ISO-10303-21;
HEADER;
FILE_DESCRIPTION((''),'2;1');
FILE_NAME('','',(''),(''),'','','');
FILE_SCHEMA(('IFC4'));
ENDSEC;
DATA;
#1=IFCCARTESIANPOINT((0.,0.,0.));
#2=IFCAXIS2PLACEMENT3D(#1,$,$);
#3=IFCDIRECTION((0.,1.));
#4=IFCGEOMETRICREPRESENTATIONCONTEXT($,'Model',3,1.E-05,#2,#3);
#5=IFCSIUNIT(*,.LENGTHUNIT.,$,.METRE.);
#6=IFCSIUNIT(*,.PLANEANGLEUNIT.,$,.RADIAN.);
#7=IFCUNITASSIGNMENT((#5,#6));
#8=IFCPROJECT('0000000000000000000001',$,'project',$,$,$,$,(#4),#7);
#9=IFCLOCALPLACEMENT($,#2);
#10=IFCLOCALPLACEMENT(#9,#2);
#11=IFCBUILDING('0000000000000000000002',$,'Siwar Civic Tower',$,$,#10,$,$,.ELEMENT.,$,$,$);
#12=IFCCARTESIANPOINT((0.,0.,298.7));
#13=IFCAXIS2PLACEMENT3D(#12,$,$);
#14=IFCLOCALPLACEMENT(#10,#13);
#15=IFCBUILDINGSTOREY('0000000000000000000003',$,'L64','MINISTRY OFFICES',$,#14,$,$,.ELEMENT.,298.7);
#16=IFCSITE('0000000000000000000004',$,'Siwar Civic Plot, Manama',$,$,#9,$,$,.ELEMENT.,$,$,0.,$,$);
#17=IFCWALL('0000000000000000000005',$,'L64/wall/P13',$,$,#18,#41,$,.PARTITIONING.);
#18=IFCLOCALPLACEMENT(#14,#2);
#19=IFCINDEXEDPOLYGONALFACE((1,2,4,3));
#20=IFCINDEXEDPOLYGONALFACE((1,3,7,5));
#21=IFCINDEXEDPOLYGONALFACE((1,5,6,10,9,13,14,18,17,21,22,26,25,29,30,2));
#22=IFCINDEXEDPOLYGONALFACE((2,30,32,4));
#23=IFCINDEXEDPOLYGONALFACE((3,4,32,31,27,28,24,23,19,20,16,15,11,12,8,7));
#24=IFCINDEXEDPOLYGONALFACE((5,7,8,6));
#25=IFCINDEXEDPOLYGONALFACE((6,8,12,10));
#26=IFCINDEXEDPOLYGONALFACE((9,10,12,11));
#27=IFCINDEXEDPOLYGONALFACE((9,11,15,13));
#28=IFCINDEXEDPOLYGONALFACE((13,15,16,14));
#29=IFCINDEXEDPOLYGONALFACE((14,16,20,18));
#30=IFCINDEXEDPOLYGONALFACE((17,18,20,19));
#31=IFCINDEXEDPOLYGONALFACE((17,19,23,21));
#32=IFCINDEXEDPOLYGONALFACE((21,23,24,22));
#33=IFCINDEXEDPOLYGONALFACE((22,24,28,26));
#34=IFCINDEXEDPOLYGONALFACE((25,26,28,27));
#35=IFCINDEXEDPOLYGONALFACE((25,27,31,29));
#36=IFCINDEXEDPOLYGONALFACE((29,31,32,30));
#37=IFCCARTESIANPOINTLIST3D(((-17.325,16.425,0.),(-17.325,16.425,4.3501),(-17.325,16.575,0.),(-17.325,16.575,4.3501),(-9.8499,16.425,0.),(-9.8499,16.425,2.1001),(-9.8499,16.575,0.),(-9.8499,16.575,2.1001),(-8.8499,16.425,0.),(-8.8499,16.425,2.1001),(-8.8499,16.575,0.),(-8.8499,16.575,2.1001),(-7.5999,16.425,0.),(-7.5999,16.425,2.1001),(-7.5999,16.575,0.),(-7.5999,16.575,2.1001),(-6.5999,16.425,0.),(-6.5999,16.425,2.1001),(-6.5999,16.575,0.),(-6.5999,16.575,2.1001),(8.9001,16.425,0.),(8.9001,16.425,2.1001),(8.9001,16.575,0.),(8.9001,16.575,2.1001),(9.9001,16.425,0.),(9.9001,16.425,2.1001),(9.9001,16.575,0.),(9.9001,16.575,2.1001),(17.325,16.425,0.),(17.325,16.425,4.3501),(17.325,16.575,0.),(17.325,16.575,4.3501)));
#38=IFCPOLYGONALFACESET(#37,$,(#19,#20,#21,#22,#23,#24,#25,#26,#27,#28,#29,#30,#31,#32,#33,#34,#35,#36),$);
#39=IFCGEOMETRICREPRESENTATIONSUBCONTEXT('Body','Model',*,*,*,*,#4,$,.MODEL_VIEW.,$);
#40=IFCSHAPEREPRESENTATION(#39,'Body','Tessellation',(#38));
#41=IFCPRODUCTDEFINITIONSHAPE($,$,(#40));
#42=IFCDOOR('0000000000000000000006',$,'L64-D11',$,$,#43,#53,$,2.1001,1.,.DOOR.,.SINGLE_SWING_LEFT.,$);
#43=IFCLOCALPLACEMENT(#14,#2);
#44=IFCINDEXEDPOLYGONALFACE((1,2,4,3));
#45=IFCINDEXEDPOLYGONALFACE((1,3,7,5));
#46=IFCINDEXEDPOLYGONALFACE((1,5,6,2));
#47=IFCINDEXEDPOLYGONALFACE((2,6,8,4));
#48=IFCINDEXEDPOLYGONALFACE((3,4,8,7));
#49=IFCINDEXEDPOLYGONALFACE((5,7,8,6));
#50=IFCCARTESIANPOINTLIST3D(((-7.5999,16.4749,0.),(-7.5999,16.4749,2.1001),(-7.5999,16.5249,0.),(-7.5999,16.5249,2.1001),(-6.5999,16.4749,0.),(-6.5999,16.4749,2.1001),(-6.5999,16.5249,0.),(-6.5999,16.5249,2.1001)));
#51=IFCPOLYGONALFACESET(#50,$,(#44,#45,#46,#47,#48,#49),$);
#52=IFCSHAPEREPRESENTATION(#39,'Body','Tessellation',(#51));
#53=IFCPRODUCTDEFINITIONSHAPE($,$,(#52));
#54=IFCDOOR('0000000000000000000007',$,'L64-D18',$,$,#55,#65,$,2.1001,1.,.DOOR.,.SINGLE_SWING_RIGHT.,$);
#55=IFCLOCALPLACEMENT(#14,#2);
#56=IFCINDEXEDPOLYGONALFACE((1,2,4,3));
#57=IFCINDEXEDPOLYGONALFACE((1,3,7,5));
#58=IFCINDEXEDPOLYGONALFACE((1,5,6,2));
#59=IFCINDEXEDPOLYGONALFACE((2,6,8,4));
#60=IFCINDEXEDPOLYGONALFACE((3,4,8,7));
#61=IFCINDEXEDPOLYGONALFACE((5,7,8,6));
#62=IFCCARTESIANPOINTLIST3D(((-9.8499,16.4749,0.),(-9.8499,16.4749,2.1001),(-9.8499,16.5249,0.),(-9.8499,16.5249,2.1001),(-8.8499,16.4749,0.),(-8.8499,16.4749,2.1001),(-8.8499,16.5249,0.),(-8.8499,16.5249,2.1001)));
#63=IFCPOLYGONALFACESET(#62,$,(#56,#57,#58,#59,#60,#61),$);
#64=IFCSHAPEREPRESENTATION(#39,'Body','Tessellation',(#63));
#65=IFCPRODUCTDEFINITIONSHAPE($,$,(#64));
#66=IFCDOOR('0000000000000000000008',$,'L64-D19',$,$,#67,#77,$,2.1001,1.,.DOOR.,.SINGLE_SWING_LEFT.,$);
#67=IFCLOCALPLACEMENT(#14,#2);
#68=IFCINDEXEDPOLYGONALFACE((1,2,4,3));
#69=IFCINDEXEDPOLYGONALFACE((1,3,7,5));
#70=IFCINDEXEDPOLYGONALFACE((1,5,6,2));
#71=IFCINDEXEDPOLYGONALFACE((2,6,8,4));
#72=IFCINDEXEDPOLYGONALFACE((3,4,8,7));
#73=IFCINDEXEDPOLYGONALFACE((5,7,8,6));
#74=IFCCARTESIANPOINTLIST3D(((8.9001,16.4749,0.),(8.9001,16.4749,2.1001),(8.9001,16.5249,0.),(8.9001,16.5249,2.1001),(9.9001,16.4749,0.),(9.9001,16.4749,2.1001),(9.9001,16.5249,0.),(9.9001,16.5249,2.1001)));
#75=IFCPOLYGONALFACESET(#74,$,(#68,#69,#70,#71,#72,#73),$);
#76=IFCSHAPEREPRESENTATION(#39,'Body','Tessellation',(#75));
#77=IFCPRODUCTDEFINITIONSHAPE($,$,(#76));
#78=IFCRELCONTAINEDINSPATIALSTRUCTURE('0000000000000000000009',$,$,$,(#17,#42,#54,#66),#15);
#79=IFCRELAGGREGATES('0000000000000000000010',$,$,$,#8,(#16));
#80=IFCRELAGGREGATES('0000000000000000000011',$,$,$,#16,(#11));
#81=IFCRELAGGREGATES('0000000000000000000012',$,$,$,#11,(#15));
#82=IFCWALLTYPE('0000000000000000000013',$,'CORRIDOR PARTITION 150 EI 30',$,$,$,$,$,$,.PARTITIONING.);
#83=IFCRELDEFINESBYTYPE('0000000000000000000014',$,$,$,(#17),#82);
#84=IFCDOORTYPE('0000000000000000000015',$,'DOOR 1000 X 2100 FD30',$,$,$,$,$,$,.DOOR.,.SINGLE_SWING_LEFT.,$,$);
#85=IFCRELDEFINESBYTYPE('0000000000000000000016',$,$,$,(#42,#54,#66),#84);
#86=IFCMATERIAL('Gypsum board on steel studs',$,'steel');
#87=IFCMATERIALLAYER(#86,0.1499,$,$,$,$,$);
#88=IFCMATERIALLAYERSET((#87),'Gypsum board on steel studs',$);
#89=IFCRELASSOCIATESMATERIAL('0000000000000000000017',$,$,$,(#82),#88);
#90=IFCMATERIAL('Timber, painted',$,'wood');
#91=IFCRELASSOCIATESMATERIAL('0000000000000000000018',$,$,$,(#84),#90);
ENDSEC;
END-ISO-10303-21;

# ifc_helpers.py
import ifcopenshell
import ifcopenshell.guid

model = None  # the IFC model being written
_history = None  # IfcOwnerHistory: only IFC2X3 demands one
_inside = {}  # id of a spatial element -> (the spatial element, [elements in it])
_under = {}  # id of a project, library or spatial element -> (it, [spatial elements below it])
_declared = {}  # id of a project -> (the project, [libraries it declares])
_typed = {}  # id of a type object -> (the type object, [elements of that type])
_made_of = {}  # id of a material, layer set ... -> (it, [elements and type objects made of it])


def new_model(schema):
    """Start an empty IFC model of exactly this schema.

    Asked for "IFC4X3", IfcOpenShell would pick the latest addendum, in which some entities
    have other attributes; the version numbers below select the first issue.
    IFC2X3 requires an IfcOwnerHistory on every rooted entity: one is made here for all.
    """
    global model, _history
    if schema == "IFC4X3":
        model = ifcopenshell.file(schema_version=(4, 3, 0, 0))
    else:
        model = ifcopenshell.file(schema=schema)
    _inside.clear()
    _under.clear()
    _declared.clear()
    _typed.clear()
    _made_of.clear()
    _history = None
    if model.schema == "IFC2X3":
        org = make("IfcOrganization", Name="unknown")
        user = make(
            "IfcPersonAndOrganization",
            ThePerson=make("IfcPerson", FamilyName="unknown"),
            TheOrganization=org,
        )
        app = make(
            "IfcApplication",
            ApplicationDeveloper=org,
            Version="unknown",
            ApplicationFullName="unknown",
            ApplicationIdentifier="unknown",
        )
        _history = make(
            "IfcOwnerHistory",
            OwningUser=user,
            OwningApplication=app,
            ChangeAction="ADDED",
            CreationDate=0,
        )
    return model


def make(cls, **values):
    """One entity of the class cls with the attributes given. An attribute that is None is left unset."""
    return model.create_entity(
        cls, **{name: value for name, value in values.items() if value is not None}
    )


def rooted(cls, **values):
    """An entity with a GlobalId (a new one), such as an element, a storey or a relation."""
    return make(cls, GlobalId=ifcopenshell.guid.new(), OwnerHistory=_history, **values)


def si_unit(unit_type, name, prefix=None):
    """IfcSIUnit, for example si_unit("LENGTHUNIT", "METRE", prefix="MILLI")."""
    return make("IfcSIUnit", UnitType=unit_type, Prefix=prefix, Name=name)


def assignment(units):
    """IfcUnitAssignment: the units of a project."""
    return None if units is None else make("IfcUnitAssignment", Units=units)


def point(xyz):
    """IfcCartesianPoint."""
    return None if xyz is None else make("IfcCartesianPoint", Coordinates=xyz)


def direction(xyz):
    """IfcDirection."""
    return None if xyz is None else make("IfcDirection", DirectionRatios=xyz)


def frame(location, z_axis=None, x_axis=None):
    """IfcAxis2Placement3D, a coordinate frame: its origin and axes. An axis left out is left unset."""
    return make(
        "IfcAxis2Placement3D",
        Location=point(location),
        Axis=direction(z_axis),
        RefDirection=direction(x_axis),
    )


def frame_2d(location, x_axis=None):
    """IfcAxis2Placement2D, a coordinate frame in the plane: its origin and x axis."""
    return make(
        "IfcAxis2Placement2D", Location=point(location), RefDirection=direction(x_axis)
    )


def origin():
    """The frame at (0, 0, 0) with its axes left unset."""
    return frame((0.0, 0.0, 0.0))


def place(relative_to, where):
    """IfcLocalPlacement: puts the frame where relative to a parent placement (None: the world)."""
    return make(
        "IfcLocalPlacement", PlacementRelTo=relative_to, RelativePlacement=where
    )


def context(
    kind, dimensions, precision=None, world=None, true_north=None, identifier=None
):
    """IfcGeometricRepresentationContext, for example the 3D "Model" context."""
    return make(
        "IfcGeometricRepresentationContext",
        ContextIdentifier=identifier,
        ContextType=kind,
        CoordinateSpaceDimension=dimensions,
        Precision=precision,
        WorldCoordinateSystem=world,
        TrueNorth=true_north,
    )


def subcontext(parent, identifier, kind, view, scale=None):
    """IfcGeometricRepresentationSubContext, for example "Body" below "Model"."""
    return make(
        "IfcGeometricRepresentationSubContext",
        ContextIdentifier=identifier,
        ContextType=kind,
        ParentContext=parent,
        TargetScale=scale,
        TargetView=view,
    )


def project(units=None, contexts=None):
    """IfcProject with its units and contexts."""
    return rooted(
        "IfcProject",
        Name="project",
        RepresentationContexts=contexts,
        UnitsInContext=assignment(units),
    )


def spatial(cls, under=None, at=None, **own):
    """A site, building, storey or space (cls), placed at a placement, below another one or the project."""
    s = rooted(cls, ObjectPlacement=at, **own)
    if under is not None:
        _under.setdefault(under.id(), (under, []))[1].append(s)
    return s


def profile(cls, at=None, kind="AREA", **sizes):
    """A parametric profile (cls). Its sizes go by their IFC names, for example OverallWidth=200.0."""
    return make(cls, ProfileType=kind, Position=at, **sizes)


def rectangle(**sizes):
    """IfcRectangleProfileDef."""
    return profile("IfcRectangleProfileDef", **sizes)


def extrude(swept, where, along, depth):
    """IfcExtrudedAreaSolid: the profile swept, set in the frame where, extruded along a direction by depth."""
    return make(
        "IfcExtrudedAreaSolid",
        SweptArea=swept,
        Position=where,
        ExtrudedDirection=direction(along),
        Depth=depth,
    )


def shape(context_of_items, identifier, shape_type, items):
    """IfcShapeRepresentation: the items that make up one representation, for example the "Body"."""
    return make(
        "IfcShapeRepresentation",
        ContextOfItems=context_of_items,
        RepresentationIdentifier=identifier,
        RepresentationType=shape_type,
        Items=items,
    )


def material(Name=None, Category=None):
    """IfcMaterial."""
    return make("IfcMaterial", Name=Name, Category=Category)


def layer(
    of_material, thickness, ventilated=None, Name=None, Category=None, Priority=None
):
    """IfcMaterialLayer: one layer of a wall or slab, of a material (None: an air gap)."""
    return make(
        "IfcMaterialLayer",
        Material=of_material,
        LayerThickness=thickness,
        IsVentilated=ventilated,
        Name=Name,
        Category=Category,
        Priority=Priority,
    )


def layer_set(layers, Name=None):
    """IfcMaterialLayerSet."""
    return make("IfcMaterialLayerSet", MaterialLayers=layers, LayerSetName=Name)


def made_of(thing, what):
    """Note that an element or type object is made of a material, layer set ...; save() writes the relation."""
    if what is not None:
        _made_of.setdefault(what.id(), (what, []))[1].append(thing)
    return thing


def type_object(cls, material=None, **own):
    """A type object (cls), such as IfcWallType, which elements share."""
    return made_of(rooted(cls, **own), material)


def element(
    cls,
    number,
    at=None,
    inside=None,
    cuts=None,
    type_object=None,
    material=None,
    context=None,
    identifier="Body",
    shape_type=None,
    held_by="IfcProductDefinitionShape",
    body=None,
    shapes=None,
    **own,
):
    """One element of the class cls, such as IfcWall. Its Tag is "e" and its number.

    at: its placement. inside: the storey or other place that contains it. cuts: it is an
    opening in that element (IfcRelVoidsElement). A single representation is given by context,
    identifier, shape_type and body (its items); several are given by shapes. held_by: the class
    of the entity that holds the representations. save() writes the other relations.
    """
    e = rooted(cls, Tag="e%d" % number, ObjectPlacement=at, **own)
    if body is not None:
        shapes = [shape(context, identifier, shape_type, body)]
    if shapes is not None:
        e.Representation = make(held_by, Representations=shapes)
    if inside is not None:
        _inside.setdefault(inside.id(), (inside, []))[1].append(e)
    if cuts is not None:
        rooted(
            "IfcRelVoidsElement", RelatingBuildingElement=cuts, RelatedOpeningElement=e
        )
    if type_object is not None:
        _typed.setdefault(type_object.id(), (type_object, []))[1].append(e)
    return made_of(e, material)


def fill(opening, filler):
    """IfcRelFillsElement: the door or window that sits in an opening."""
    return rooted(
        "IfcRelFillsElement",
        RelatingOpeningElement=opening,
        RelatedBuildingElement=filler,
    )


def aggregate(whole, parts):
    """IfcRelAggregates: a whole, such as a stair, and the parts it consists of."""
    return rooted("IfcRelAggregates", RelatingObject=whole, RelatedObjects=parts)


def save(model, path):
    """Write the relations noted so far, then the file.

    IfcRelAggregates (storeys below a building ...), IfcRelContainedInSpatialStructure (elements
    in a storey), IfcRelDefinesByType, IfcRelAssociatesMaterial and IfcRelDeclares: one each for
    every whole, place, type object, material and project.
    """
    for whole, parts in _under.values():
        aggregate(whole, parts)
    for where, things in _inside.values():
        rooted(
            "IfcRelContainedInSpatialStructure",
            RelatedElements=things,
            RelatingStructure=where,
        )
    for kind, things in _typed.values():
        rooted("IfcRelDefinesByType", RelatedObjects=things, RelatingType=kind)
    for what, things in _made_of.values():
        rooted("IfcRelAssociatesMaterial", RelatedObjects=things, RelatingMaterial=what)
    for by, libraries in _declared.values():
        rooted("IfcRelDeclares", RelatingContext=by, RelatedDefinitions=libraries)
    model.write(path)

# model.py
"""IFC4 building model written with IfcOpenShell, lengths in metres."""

from ifc_helpers import new_model, si_unit, direction, frame, frame_2d, origin, place, context, subcontext, project, spatial, rectangle, extrude, material, layer, layer_set, type_object, element, fill, save


model = new_model("IFC4")

# Units and contexts
model_context = context("Model", 3, precision=1e-05, world=origin(), true_north=direction((0.0, 1.0)))
body_context = subcontext(model_context, "Body", "Model", "MODEL_VIEW")
ifc_project = project(units=[si_unit("LENGTHUNIT", "METRE"), si_unit("PLANEANGLEUNIT", "RADIAN")], contexts=[model_context])

# Site, building, storey
site_placement = place(None, origin())
site = spatial("IfcSite", under=ifc_project, at=site_placement, Name="Siwar Civic Plot, Manama", CompositionType="ELEMENT", RefElevation=0.0)
building_placement = place(site_placement, origin())
building = spatial("IfcBuilding", under=site, at=building_placement, Name="Siwar Civic Tower", CompositionType="ELEMENT")
storey_placement = place(building_placement, frame((0.0, 0.0, 298.7)))
storey = spatial("IfcBuildingStorey", under=building, at=storey_placement, Name="L64", Description="MINISTRY OFFICES", CompositionType="ELEMENT", Elevation=298.7)

# Shared definitions
ifc_material_1 = material(Name="Gypsum board on steel studs", Category="steel")
ifc_layer_1 = layer(ifc_material_1, 0.1499)
ifc_layer_set_1 = layer_set([ifc_layer_1], Name="Gypsum board on steel studs")
wall_type = type_object("IfcWallType", Name="CORRIDOR PARTITION 150 EI 30", PredefinedType="PARTITIONING", material=ifc_layer_set_1)

# Wall, openings, doors
wall_1_placement = place(storey_placement, frame((-17.325, 16.5, 0.0), z_axis=(0.0, 0.0, 1.0), x_axis=(1.0, 0.0, 0.0)))
wall_1 = element("IfcWall", 1, at=wall_1_placement, inside=storey, type_object=wall_type, Name="L64/wall/P13", PredefinedType="PARTITIONING", context=body_context, shape_type="SweptSolid", body=[
    extrude(rectangle(XDim=34.6499, YDim=0.1499, at=frame_2d((17.325, 0.0))), origin(), (0.0, 0.0, 1.0), 4.3501),
])
opening_1_placement = place(wall_1_placement, frame((9.7251, 0.0, 0.0)))
opening_1 = element("IfcOpeningElement", 2, at=opening_1_placement, cuts=wall_1, PredefinedType="OPENING", context=body_context, shape_type="SweptSolid", body=[
    extrude(rectangle(XDim=1.0, YDim=2.1001, at=frame_2d((0.5, 1.05))), frame((0.0, 0.085, 0.0), z_axis=(0.0, -1.0, 0.0), x_axis=(1.0, 0.0, 0.0)), (0.0, 0.0, 1.0), 0.1699),
])
opening_2_placement = place(wall_1_placement, frame((7.4751, 0.0, 0.0)))
opening_2 = element("IfcOpeningElement", 3, at=opening_2_placement, cuts=wall_1, PredefinedType="OPENING", context=body_context, shape_type="SweptSolid", body=[
    extrude(rectangle(XDim=1.0, YDim=2.1001, at=frame_2d((0.5, 1.05))), frame((0.0, 0.085, 0.0), z_axis=(0.0, -1.0, 0.0), x_axis=(1.0, 0.0, 0.0)), (0.0, 0.0, 1.0), 0.1699),
])
opening_3_placement = place(wall_1_placement, frame((26.2251, 0.0, 0.0)))
opening_3 = element("IfcOpeningElement", 4, at=opening_3_placement, cuts=wall_1, PredefinedType="OPENING", context=body_context, shape_type="SweptSolid", body=[
    extrude(rectangle(XDim=1.0, YDim=2.1001, at=frame_2d((0.5, 1.05))), frame((0.0, 0.085, 0.0), z_axis=(0.0, -1.0, 0.0), x_axis=(1.0, 0.0, 0.0)), (0.0, 0.0, 1.0), 0.1699),
])
ifc_material_2 = material(Name="Timber, painted", Category="wood")
door_type = type_object("IfcDoorType", Name="DOOR 1000 X 2100 FD30", OperationType="SINGLE_SWING_LEFT", PredefinedType="DOOR", material=ifc_material_2)
door_1_placement = place(opening_1_placement, origin())
door_1 = element("IfcDoor", 5, at=door_1_placement, inside=storey, type_object=door_type, Name="L64-D11", OperationType="SINGLE_SWING_LEFT", OverallHeight=2.1001, OverallWidth=1.0, PredefinedType="DOOR", context=body_context, shape_type="SweptSolid", body=[
    extrude(rectangle(XDim=1.0, YDim=2.1001, at=frame_2d((0.5, 1.05))), frame((0.0, 0.0249, 0.0), z_axis=(0.0, -1.0, 0.0), x_axis=(1.0, 0.0, 0.0)), (0.0, 0.0, 1.0), 0.05),
])
fill(opening_1, door_1)
door_2_placement = place(opening_2_placement, origin())
door_2 = element("IfcDoor", 6, at=door_2_placement, inside=storey, type_object=door_type, Name="L64-D18", OperationType="SINGLE_SWING_RIGHT", OverallHeight=2.1001, OverallWidth=1.0, PredefinedType="DOOR", context=body_context, shape_type="SweptSolid", body=[
    extrude(rectangle(XDim=1.0, YDim=2.1001, at=frame_2d((0.5, 1.05))), frame((0.0, 0.0249, 0.0), z_axis=(0.0, -1.0, 0.0), x_axis=(1.0, 0.0, 0.0)), (0.0, 0.0, 1.0), 0.05),
])
fill(opening_2, door_2)
door_3_placement = place(opening_3_placement, origin())
door_3 = element("IfcDoor", 7, at=door_3_placement, inside=storey, type_object=door_type, Name="L64-D19", OperationType="SINGLE_SWING_LEFT", OverallHeight=2.1001, OverallWidth=1.0, PredefinedType="DOOR", context=body_context, shape_type="SweptSolid", body=[
    extrude(rectangle(XDim=1.0, YDim=2.1001, at=frame_2d((0.5, 1.05))), frame((0.0, 0.0249, 0.0), z_axis=(0.0, -1.0, 0.0), x_axis=(1.0, 0.0, 0.0)), (0.0, 0.0, 1.0), 0.05),
])
fill(opening_3, door_3)

save(model, "model.ifc")
